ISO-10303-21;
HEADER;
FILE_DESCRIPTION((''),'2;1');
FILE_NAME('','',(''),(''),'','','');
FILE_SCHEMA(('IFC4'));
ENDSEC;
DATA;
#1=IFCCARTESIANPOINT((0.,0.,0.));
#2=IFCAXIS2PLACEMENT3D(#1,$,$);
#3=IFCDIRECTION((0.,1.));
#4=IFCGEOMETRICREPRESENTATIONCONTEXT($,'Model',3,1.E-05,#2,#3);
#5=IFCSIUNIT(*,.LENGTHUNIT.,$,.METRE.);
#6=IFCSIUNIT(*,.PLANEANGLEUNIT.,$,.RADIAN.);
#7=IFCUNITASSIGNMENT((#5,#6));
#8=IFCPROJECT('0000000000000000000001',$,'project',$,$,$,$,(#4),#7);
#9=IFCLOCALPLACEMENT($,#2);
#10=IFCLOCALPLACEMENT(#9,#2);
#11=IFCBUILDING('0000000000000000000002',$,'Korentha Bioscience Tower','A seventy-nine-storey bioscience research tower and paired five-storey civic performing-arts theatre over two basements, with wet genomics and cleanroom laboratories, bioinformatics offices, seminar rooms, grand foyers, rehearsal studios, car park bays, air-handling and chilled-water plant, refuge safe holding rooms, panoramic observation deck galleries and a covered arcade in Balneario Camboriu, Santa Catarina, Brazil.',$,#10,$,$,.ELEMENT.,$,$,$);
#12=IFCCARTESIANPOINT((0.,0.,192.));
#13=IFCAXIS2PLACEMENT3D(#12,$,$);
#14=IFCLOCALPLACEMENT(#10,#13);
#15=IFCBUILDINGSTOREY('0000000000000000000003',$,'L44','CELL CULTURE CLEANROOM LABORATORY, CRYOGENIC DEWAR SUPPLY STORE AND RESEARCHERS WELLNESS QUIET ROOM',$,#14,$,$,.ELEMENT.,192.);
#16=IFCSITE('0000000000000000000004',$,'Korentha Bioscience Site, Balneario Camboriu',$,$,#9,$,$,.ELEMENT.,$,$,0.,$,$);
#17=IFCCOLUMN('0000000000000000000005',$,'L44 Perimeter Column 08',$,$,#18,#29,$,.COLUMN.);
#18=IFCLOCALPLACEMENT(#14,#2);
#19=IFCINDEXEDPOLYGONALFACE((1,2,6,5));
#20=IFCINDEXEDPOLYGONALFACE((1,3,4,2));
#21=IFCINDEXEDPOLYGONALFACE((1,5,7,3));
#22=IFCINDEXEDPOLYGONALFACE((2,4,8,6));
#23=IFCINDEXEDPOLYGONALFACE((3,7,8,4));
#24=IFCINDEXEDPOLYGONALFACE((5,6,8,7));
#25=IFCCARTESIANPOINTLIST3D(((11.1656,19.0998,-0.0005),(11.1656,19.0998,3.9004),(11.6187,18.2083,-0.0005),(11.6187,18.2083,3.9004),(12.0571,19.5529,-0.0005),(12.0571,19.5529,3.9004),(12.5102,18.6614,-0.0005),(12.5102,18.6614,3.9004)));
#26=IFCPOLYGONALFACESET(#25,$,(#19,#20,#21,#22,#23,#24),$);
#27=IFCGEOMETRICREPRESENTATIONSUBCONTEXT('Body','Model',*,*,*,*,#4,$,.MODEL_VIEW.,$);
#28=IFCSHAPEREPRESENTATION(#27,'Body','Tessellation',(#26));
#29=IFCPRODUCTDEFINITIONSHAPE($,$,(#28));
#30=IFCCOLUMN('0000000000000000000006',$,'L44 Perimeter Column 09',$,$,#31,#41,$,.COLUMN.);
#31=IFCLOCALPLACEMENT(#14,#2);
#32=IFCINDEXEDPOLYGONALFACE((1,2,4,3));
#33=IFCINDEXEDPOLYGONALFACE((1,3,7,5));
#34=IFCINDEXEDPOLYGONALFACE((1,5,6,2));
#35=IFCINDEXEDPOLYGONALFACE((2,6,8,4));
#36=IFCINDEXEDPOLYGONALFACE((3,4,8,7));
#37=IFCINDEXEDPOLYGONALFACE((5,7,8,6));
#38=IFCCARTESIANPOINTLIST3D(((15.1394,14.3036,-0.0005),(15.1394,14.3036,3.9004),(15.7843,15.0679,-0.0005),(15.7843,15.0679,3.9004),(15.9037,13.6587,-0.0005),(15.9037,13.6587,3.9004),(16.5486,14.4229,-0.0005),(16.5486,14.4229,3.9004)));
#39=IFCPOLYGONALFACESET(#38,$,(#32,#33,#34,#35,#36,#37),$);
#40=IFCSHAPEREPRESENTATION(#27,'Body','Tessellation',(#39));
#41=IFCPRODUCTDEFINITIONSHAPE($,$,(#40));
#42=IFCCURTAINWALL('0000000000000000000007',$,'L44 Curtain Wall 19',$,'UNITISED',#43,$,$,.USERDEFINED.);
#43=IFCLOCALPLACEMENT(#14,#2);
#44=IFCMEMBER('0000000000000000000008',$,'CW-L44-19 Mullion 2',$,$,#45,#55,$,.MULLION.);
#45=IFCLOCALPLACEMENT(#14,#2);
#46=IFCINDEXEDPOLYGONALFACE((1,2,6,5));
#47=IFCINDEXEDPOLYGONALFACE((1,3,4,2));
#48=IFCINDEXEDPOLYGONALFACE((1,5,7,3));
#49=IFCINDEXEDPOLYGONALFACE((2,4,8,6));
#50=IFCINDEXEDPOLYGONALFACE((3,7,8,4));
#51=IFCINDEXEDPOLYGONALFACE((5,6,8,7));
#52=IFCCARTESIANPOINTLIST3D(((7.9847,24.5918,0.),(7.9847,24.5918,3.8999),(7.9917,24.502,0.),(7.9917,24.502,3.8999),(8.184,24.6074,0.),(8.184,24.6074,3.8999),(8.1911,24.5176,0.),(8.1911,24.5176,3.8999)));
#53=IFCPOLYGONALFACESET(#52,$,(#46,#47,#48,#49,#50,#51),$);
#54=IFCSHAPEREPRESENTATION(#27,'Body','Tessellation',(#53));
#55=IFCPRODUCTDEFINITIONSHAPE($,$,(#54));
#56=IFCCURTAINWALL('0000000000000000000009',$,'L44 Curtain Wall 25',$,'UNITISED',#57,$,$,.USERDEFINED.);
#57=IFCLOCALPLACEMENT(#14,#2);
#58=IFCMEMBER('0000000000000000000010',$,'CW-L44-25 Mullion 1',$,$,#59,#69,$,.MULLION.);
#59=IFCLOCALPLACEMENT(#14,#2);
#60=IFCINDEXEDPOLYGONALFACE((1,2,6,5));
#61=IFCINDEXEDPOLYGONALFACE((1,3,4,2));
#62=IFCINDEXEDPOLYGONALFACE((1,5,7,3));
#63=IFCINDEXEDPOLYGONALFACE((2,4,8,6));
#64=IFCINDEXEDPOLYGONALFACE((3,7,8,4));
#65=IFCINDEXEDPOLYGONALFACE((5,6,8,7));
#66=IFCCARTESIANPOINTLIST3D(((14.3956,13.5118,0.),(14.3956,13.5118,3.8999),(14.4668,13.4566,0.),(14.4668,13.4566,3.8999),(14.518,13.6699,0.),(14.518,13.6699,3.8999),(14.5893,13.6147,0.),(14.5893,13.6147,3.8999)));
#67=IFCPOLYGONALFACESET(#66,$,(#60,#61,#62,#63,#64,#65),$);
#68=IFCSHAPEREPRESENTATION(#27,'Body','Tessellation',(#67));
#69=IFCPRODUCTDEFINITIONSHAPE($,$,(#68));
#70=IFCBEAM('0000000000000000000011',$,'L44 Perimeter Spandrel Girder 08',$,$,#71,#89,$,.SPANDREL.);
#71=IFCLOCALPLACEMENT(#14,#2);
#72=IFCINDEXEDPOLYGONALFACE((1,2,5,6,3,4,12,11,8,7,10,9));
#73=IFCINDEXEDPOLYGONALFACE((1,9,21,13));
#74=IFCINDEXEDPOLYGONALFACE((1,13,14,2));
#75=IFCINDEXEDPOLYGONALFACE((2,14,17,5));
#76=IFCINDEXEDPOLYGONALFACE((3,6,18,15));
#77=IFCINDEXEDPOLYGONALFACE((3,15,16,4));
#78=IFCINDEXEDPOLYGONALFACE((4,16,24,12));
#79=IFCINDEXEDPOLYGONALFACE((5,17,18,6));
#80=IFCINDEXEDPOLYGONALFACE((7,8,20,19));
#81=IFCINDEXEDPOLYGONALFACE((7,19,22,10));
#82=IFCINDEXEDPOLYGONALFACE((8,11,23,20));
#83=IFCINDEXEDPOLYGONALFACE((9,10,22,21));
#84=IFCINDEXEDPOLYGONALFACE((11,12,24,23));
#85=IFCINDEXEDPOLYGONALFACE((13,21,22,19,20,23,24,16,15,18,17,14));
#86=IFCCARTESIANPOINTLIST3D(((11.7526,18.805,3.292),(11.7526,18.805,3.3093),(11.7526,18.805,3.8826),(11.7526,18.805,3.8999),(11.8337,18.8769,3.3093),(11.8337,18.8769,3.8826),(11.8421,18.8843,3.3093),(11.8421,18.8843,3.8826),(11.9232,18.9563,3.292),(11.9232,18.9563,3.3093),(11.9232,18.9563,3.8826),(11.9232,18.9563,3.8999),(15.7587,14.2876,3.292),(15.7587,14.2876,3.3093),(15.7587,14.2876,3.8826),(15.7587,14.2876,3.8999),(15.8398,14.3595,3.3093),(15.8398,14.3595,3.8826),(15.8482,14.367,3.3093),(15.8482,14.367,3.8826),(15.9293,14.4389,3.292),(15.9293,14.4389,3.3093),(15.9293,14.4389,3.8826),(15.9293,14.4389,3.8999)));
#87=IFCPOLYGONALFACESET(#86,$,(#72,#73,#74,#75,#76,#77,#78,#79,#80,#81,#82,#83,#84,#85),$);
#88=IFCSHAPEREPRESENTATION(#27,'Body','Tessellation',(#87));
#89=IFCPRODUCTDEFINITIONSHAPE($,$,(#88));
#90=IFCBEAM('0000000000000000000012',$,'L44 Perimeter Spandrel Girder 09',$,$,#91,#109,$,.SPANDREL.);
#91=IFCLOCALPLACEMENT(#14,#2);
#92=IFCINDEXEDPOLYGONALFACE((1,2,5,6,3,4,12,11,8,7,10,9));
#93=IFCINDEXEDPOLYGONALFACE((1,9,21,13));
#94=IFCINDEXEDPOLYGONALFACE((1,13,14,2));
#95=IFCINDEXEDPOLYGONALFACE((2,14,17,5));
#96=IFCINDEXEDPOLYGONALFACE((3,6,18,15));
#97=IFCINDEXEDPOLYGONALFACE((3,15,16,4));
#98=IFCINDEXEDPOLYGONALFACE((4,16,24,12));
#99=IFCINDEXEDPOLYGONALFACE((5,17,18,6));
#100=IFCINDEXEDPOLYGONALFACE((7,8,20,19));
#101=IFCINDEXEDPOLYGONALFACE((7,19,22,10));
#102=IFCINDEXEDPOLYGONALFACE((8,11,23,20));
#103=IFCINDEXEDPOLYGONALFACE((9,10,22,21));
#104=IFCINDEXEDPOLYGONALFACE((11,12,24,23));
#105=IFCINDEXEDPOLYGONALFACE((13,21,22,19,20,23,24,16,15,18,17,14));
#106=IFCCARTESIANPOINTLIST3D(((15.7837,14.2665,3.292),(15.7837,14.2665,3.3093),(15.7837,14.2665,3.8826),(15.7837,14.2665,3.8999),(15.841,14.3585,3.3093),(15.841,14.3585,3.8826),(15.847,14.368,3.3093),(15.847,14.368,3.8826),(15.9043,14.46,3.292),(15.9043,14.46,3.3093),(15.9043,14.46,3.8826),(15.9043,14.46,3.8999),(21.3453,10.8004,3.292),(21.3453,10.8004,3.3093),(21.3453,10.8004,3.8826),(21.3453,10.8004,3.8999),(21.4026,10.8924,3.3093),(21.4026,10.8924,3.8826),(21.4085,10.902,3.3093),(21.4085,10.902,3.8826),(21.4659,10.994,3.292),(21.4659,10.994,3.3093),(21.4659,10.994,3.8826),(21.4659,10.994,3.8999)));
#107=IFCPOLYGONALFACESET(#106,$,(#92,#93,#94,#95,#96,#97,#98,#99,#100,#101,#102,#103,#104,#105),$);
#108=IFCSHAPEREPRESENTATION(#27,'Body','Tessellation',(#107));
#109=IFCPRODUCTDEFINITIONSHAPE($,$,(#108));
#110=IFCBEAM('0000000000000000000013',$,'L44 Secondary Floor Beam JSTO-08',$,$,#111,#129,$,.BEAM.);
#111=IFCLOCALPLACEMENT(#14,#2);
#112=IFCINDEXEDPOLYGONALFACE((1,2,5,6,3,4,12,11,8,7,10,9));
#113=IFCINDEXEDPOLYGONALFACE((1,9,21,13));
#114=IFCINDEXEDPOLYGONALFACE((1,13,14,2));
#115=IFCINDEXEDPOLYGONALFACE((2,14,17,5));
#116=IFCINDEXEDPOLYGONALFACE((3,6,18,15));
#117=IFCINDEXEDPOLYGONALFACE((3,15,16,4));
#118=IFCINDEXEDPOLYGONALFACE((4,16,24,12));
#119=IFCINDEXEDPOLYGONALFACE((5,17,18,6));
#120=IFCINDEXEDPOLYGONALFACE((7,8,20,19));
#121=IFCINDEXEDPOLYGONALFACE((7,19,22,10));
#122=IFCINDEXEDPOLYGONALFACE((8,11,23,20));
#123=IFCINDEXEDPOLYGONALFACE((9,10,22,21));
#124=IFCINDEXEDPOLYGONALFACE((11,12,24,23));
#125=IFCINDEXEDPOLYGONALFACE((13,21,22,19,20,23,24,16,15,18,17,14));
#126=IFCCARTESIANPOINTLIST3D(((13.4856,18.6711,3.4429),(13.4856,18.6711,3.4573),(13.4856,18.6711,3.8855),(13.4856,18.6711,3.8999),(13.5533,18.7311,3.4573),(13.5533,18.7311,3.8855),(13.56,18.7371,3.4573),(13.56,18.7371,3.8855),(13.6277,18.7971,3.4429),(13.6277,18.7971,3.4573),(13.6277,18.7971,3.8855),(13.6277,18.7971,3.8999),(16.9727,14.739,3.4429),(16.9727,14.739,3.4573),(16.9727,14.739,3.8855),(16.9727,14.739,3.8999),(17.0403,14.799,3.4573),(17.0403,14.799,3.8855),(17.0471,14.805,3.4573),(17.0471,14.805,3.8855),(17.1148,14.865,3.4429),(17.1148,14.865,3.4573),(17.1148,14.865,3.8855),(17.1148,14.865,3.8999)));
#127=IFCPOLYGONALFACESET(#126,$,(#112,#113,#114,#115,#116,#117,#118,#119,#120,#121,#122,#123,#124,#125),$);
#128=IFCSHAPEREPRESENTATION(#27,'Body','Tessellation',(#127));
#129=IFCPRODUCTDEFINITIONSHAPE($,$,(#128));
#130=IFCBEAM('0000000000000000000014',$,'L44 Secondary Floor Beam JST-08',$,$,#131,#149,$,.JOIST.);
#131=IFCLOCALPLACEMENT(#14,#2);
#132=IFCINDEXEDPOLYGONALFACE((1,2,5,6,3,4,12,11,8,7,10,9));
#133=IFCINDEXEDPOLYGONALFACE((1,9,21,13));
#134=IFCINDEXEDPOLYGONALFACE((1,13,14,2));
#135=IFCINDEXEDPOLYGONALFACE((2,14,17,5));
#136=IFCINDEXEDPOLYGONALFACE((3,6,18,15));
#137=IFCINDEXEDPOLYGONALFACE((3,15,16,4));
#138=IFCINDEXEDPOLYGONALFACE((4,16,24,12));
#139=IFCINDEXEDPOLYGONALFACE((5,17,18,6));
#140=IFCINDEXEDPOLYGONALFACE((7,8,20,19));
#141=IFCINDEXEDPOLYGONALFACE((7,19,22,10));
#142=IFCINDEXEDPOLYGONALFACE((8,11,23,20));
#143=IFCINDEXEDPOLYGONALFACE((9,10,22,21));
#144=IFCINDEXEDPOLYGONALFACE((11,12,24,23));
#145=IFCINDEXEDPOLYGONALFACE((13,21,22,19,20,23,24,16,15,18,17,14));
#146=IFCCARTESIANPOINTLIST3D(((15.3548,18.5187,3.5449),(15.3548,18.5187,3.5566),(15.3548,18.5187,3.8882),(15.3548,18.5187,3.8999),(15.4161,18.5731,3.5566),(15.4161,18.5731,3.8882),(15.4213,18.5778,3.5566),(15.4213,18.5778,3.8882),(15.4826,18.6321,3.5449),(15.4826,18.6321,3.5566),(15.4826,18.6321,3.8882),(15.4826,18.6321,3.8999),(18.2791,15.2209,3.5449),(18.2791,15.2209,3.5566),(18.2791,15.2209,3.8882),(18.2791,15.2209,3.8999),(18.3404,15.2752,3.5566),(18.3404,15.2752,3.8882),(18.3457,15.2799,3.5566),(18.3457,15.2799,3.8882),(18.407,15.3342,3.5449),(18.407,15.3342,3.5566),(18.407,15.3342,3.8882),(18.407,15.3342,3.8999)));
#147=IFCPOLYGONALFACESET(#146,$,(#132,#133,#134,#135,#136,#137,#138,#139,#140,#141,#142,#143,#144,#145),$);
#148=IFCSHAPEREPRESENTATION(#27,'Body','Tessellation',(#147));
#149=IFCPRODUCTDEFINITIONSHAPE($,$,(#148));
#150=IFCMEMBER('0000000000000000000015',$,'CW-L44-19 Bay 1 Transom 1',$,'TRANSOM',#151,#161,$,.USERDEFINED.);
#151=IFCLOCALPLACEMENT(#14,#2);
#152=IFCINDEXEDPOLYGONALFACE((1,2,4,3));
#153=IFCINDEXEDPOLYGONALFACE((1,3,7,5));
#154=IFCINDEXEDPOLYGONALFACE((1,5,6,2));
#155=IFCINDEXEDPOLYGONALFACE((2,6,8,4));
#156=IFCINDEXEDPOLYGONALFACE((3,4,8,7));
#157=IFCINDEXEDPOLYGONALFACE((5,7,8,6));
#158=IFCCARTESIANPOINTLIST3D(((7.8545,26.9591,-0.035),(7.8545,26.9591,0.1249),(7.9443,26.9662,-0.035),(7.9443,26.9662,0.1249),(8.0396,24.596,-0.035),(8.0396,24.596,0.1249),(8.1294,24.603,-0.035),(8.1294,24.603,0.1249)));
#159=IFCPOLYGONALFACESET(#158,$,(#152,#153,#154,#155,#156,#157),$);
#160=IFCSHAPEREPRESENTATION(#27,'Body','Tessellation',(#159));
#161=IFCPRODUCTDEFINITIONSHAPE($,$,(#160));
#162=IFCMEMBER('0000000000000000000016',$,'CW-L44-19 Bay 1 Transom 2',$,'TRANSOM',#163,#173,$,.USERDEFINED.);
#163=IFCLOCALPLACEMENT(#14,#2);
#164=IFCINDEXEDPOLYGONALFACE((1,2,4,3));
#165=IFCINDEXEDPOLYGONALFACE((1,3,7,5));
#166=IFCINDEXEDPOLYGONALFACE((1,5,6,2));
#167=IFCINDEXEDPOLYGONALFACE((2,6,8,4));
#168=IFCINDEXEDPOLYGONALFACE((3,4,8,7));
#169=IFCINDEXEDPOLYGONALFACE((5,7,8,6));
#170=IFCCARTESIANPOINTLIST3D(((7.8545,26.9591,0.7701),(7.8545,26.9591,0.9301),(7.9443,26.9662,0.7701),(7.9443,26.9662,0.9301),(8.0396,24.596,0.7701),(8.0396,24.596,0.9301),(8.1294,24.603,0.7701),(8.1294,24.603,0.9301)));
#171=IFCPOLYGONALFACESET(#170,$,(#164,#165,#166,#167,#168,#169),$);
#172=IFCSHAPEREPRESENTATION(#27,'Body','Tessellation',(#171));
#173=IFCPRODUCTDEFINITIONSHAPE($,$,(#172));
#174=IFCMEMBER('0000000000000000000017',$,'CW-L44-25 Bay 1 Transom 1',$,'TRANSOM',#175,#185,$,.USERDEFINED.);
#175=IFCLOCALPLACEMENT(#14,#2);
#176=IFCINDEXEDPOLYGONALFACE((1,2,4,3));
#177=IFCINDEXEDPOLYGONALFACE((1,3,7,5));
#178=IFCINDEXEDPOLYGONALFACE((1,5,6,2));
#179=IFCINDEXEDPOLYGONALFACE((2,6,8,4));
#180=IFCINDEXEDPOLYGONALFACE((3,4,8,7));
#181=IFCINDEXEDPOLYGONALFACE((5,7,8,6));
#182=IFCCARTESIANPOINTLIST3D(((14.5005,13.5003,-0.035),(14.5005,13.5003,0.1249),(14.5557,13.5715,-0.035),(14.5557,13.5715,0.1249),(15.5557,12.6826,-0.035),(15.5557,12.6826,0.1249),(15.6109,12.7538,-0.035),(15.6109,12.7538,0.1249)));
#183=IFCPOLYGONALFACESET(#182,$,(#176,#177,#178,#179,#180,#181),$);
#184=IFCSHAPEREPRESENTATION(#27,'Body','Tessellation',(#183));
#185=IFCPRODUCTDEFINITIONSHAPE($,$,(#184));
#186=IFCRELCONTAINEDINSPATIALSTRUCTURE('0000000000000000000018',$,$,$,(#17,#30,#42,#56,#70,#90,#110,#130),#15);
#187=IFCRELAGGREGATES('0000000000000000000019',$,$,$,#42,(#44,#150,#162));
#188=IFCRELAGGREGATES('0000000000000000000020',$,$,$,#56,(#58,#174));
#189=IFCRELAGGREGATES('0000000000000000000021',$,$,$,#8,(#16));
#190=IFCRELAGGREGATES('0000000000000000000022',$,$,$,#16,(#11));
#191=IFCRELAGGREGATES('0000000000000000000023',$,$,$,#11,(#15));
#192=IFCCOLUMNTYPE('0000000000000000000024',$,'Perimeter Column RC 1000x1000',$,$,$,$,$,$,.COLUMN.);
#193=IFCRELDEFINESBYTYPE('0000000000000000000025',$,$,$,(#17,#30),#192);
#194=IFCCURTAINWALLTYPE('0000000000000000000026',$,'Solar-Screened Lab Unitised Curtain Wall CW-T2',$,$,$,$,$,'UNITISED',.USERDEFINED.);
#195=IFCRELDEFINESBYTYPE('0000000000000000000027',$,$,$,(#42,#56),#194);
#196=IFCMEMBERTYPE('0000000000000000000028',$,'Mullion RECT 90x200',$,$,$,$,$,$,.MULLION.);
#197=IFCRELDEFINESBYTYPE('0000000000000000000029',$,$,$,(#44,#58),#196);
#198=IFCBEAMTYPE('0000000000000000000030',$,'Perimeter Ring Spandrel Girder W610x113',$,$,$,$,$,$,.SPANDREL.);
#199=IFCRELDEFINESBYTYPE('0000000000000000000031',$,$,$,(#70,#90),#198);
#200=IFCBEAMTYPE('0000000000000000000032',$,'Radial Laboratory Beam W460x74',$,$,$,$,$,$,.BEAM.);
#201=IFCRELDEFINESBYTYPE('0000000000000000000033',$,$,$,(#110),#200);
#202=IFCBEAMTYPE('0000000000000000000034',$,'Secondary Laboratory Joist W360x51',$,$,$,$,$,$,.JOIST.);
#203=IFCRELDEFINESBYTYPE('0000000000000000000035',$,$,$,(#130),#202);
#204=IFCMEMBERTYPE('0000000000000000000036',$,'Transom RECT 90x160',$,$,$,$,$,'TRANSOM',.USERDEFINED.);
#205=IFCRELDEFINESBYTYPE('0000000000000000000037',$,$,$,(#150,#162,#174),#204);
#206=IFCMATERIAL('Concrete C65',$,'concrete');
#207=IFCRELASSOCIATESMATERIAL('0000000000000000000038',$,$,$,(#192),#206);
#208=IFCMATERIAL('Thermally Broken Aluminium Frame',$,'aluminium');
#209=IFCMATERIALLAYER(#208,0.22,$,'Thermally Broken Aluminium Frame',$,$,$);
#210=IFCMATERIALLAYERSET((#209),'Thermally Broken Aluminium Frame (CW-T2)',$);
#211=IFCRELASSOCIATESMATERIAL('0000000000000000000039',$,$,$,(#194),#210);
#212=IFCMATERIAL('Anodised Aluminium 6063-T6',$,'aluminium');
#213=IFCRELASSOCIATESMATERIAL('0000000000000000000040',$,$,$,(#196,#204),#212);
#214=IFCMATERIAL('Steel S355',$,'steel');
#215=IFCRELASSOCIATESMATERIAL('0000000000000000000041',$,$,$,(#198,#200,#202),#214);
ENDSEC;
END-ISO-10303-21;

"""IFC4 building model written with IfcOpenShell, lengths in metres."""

from ifc_helpers import new_model, si_unit, direction, frame, origin, origin_2d, place, context, subcontext, project, spatial, rectangle, i_section, extrude, material, layer, layer_set, material_profile, profile_set, type_object, element, aggregate, save


model = new_model("IFC4")

# Units and contexts
model_context = context("Model", 3, precision=1e-05, world=origin(), true_north=direction((0.0, 1.0)))
body_context = subcontext(model_context, "Body", "Model", "MODEL_VIEW")
ifc_project = project(units=[si_unit("LENGTHUNIT", "METRE"), si_unit("PLANEANGLEUNIT", "RADIAN")], contexts=[model_context])

# Site, building, storey
site_placement = place(None, origin())
site = spatial("IfcSite", under=ifc_project, at=site_placement, Name="Korentha Bioscience Site, Balneario Camboriu", CompositionType="ELEMENT", RefElevation=0.0)
building_placement = place(site_placement, origin())
building = spatial("IfcBuilding", under=site, at=building_placement, Name="Korentha Bioscience Tower", Description="A seventy-nine-storey bioscience research tower and paired five-storey civic performing-arts theatre over two basements, with wet genomics and cleanroom laboratories, bioinformatics offices, seminar rooms, grand foyers, rehearsal studios, car park bays, air-handling and chilled-water plant, refuge safe holding rooms, panoramic observation deck galleries and a covered arcade in Balneario Camboriu, Santa Catarina, Brazil.", CompositionType="ELEMENT")
storey_placement = place(building_placement, frame((0.0, 0.0, 192.0)))
storey = spatial("IfcBuildingStorey", under=building, at=storey_placement, Name="L44", Description="CELL CULTURE CLEANROOM LABORATORY, CRYOGENIC DEWAR SUPPLY STORE AND RESEARCHERS WELLNESS QUIET ROOM", CompositionType="ELEMENT", Elevation=192.0)

# Columns
ifc_material_1 = material(Name="Concrete C65", Category="concrete")
ifc_material_profile_1 = material_profile(ifc_material_1, rectangle(XDim=1.0, YDim=1.0, at=origin_2d()), Name="Concrete C65")
ifc_profile_set_1 = profile_set([ifc_material_profile_1], Name="Concrete C65 (COL-P10)")
column_type = type_object("IfcColumnType", Name="Perimeter Column RC 1000x1000", PredefinedType="COLUMN", material=ifc_profile_set_1)
for number, where, z_axis, x_axis, name in (
    (1, (11.8379, 18.8806, -0.0005), (0.0, 0.0, 1.0), (-0.453057, 0.891481, 0.0), "L44 Perimeter Column 08"),
    (2, (15.844, 14.3633, -0.0005), (0.0, 0.0, 1.0), (-0.764246, 0.644924, 0.0), "L44 Perimeter Column 09"),
):
    element("IfcColumn", number, at=place(storey_placement, frame(where, z_axis=z_axis, x_axis=x_axis)), inside=storey, type_object=column_type, Name=name, PredefinedType="COLUMN", context=body_context, shape_type="SweptSolid", body=[
        extrude(rectangle(XDim=1.0, YDim=1.0, at=origin_2d()), origin(), (0.0, 0.0, 1.0), 3.9009),
    ])

# Curtain walls, members
ifc_material_2 = material(Name="Thermally Broken Aluminium Frame", Category="aluminium")
ifc_layer_1 = layer(ifc_material_2, 0.22, Name="Thermally Broken Aluminium Frame")
ifc_layer_set_1 = layer_set([ifc_layer_1], Name="Thermally Broken Aluminium Frame (CW-T2)")
curtain_wall_type = type_object("IfcCurtainWallType", Name="Solar-Screened Lab Unitised Curtain Wall CW-T2", ElementType="UNITISED", PredefinedType="USERDEFINED", material=ifc_layer_set_1)
curtain_wall_1_placement = place(storey_placement, origin())
curtain_wall_1 = element("IfcCurtainWall", 3, at=curtain_wall_1_placement, inside=storey, type_object=curtain_wall_type, Name="L44 Curtain Wall 19", ObjectType="UNITISED", PredefinedType="USERDEFINED")
ifc_material_3 = material(Name="Anodised Aluminium 6063-T6", Category="aluminium")
ifc_material_profile_2 = material_profile(ifc_material_3, rectangle(XDim=0.0901, YDim=0.2, at=origin_2d()), Name="Anodised Aluminium 6063-T6")
ifc_profile_set_2 = profile_set([ifc_material_profile_2], Name="Anodised Aluminium 6063-T6 (CW-MUL)")
member_type_1 = type_object("IfcMemberType", Name="Mullion RECT 90x200", PredefinedType="MULLION", material=ifc_profile_set_2)
member_1_placement = place(storey_placement, frame((8.0879, 24.5547, 0.0), z_axis=(0.0, 0.0, 1.0), x_axis=(0.078031, -0.996951, 0.0)))
member_1 = element("IfcMember", 4, at=member_1_placement, type_object=member_type_1, Name="CW-L44-19 Mullion 2", PredefinedType="MULLION", context=body_context, shape_type="SweptSolid", body=[
    extrude(rectangle(XDim=0.0901, YDim=0.2, at=origin_2d()), origin(), (0.0, 0.0, 1.0), 3.8999),
])
curtain_wall_2_placement = place(storey_placement, origin())
curtain_wall_2 = element("IfcCurtainWall", 5, at=curtain_wall_2_placement, inside=storey, type_object=curtain_wall_type, Name="L44 Curtain Wall 25", ObjectType="UNITISED", PredefinedType="USERDEFINED")
member_2_placement = place(storey_placement, frame((14.4924, 13.5632, 0.0), z_axis=(0.0, 0.0, 1.0), x_axis=(0.790547, -0.612402, 0.0)))
member_2 = element("IfcMember", 6, at=member_2_placement, type_object=member_type_1, Name="CW-L44-25 Mullion 1", PredefinedType="MULLION", context=body_context, shape_type="SweptSolid", body=[
    extrude(rectangle(XDim=0.0901, YDim=0.2, at=origin_2d()), origin(), (0.0, 0.0, 1.0), 3.8999),
])

# Beams
ifc_material_4 = material(Name="Steel S355", Category="steel")
ifc_material_profile_3 = material_profile(ifc_material_4, i_section(OverallWidth=0.228, OverallDepth=0.6079, WebThickness=0.0112, FlangeThickness=0.0173, at=origin_2d()), Name="Steel S355")
ifc_profile_set_3 = profile_set([ifc_material_profile_3], Name="Steel S355 (SB-610)")
beam_type_1 = type_object("IfcBeamType", Name="Perimeter Ring Spandrel Girder W610x113", PredefinedType="SPANDREL", material=ifc_profile_set_3)
beam_1_placement = place(storey_placement, frame((11.8379, 18.8806, 3.5959), z_axis=(0.663503, -0.748174, 0.0), x_axis=(0.748174, 0.663503, 0.0)))
element("IfcBeam", 7, at=beam_1_placement, inside=storey, type_object=beam_type_1, Name="L44 Perimeter Spandrel Girder 08", PredefinedType="SPANDREL", context=body_context, shape_type="SweptSolid", body=[
    extrude(i_section(OverallWidth=0.228, OverallDepth=0.6079, WebThickness=0.0112, FlangeThickness=0.0173, at=origin_2d()), origin(), (0.0, 0.0, 1.0), 6.0378),
])
beam_2_placement = place(storey_placement, frame((15.844, 14.3633, 3.5959), z_axis=(0.848676, -0.528913, 0.0), x_axis=(0.528913, 0.848676, 0.0)))
element("IfcBeam", 8, at=beam_2_placement, inside=storey, type_object=beam_type_1, Name="L44 Perimeter Spandrel Girder 09", PredefinedType="SPANDREL", context=body_context, shape_type="SweptSolid", body=[
    extrude(i_section(OverallWidth=0.228, OverallDepth=0.6079, WebThickness=0.0112, FlangeThickness=0.0173, at=origin_2d()), origin(), (0.0, 0.0, 1.0), 6.5532),
])
ifc_material_profile_4 = material_profile(ifc_material_4, i_section(OverallWidth=0.1899, OverallDepth=0.457, WebThickness=0.009, FlangeThickness=0.0144, at=origin_2d()), Name="Steel S355")
ifc_profile_set_4 = profile_set([ifc_material_profile_4], Name="Steel S355 (RB-460)")
beam_type_2 = type_object("IfcBeamType", Name="Radial Laboratory Beam W460x74", PredefinedType="BEAM", material=ifc_profile_set_4)
beam_3_placement = place(storey_placement, frame((13.5566, 18.7341, 3.6714), z_axis=(0.663496, -0.74818, 0.0), x_axis=(0.74818, 0.663496, 0.0)))
element("IfcBeam", 9, at=beam_3_placement, inside=storey, type_object=beam_type_2, Name="L44 Secondary Floor Beam JSTO-08", PredefinedType="BEAM", context=body_context, shape_type="SweptSolid", body=[
    extrude(i_section(OverallWidth=0.1899, OverallDepth=0.457, WebThickness=0.009, FlangeThickness=0.0144, at=origin_2d()), origin(), (0.0, 0.0, 1.0), 5.2556),
])
ifc_material_profile_5 = material_profile(ifc_material_4, i_section(OverallWidth=0.1709, OverallDepth=0.355, WebThickness=0.0071, FlangeThickness=0.0117, at=origin_2d()), Name="Steel S355")
ifc_profile_set_5 = profile_set([ifc_material_profile_5], Name="Steel S355 (JB-360)")
beam_type_3 = type_object("IfcBeamType", Name="Secondary Laboratory Joist W360x51", PredefinedType="JOIST", material=ifc_profile_set_5)
beam_4_placement = place(storey_placement, frame((15.4187, 18.5754, 3.7224), z_axis=(0.663463, -0.748209, 0.0), x_axis=(0.748209, 0.663463, 0.0)))
element("IfcBeam", 10, at=beam_4_placement, inside=storey, type_object=beam_type_3, Name="L44 Secondary Floor Beam JST-08", PredefinedType="JOIST", context=body_context, shape_type="SweptSolid", body=[
    extrude(i_section(OverallWidth=0.1709, OverallDepth=0.355, WebThickness=0.0071, FlangeThickness=0.0117, at=origin_2d()), origin(), (0.0, 0.0, 1.0), 4.4077),
])

# Members
ifc_material_profile_6 = material_profile(ifc_material_3, rectangle(XDim=0.0901, YDim=0.1599, at=origin_2d()), Name="Anodised Aluminium 6063-T6")
ifc_profile_set_6 = profile_set([ifc_material_profile_6], Name="Anodised Aluminium 6063-T6 (CW-TRN)")
member_type_2 = type_object("IfcMemberType", Name="Transom RECT 90x160", ElementType="TRANSOM", PredefinedType="USERDEFINED", material=ifc_profile_set_6)
member_3_placement = place(storey_placement, frame((7.8994, 26.9626, 0.0449), z_axis=(0.078075, -0.996948, 0.0), x_axis=(0.996948, 0.078075, 0.0)))
member_3 = element("IfcMember", 11, at=member_3_placement, type_object=member_type_2, Name="CW-L44-19 Bay 1 Transom 1", ObjectType="TRANSOM", PredefinedType="USERDEFINED", context=body_context, shape_type="SweptSolid", body=[
    extrude(rectangle(XDim=0.0901, YDim=0.1599, at=origin_2d()), origin(), (0.0, 0.0, 1.0), 2.3704),
])
member_4_placement = place(storey_placement, frame((7.8994, 26.9626, 0.8501), z_axis=(0.078075, -0.996948, 0.0), x_axis=(0.996948, 0.078075, 0.0)))
member_4 = element("IfcMember", 12, at=member_4_placement, type_object=member_type_2, Name="CW-L44-19 Bay 1 Transom 2", ObjectType="TRANSOM", PredefinedType="USERDEFINED", context=body_context, shape_type="SweptSolid", body=[
    extrude(rectangle(XDim=0.0901, YDim=0.1599, at=origin_2d()), origin(), (0.0, 0.0, 1.0), 2.3704),
])
member_5_placement = place(storey_placement, frame((14.5281, 13.5359, 0.0449), z_axis=(0.790464, -0.612509, 0.0), x_axis=(0.612509, 0.790464, 0.0)))
member_5 = element("IfcMember", 13, at=member_5_placement, type_object=member_type_2, Name="CW-L44-25 Bay 1 Transom 1", ObjectType="TRANSOM", PredefinedType="USERDEFINED", context=body_context, shape_type="SweptSolid", body=[
    extrude(rectangle(XDim=0.0901, YDim=0.1599, at=origin_2d()), origin(), (0.0, 0.0, 1.0), 1.335),
])

aggregate(curtain_wall_1, [member_1, member_3, member_4])
aggregate(curtain_wall_2, [member_2, member_5])

save(model, "model.ifc")
